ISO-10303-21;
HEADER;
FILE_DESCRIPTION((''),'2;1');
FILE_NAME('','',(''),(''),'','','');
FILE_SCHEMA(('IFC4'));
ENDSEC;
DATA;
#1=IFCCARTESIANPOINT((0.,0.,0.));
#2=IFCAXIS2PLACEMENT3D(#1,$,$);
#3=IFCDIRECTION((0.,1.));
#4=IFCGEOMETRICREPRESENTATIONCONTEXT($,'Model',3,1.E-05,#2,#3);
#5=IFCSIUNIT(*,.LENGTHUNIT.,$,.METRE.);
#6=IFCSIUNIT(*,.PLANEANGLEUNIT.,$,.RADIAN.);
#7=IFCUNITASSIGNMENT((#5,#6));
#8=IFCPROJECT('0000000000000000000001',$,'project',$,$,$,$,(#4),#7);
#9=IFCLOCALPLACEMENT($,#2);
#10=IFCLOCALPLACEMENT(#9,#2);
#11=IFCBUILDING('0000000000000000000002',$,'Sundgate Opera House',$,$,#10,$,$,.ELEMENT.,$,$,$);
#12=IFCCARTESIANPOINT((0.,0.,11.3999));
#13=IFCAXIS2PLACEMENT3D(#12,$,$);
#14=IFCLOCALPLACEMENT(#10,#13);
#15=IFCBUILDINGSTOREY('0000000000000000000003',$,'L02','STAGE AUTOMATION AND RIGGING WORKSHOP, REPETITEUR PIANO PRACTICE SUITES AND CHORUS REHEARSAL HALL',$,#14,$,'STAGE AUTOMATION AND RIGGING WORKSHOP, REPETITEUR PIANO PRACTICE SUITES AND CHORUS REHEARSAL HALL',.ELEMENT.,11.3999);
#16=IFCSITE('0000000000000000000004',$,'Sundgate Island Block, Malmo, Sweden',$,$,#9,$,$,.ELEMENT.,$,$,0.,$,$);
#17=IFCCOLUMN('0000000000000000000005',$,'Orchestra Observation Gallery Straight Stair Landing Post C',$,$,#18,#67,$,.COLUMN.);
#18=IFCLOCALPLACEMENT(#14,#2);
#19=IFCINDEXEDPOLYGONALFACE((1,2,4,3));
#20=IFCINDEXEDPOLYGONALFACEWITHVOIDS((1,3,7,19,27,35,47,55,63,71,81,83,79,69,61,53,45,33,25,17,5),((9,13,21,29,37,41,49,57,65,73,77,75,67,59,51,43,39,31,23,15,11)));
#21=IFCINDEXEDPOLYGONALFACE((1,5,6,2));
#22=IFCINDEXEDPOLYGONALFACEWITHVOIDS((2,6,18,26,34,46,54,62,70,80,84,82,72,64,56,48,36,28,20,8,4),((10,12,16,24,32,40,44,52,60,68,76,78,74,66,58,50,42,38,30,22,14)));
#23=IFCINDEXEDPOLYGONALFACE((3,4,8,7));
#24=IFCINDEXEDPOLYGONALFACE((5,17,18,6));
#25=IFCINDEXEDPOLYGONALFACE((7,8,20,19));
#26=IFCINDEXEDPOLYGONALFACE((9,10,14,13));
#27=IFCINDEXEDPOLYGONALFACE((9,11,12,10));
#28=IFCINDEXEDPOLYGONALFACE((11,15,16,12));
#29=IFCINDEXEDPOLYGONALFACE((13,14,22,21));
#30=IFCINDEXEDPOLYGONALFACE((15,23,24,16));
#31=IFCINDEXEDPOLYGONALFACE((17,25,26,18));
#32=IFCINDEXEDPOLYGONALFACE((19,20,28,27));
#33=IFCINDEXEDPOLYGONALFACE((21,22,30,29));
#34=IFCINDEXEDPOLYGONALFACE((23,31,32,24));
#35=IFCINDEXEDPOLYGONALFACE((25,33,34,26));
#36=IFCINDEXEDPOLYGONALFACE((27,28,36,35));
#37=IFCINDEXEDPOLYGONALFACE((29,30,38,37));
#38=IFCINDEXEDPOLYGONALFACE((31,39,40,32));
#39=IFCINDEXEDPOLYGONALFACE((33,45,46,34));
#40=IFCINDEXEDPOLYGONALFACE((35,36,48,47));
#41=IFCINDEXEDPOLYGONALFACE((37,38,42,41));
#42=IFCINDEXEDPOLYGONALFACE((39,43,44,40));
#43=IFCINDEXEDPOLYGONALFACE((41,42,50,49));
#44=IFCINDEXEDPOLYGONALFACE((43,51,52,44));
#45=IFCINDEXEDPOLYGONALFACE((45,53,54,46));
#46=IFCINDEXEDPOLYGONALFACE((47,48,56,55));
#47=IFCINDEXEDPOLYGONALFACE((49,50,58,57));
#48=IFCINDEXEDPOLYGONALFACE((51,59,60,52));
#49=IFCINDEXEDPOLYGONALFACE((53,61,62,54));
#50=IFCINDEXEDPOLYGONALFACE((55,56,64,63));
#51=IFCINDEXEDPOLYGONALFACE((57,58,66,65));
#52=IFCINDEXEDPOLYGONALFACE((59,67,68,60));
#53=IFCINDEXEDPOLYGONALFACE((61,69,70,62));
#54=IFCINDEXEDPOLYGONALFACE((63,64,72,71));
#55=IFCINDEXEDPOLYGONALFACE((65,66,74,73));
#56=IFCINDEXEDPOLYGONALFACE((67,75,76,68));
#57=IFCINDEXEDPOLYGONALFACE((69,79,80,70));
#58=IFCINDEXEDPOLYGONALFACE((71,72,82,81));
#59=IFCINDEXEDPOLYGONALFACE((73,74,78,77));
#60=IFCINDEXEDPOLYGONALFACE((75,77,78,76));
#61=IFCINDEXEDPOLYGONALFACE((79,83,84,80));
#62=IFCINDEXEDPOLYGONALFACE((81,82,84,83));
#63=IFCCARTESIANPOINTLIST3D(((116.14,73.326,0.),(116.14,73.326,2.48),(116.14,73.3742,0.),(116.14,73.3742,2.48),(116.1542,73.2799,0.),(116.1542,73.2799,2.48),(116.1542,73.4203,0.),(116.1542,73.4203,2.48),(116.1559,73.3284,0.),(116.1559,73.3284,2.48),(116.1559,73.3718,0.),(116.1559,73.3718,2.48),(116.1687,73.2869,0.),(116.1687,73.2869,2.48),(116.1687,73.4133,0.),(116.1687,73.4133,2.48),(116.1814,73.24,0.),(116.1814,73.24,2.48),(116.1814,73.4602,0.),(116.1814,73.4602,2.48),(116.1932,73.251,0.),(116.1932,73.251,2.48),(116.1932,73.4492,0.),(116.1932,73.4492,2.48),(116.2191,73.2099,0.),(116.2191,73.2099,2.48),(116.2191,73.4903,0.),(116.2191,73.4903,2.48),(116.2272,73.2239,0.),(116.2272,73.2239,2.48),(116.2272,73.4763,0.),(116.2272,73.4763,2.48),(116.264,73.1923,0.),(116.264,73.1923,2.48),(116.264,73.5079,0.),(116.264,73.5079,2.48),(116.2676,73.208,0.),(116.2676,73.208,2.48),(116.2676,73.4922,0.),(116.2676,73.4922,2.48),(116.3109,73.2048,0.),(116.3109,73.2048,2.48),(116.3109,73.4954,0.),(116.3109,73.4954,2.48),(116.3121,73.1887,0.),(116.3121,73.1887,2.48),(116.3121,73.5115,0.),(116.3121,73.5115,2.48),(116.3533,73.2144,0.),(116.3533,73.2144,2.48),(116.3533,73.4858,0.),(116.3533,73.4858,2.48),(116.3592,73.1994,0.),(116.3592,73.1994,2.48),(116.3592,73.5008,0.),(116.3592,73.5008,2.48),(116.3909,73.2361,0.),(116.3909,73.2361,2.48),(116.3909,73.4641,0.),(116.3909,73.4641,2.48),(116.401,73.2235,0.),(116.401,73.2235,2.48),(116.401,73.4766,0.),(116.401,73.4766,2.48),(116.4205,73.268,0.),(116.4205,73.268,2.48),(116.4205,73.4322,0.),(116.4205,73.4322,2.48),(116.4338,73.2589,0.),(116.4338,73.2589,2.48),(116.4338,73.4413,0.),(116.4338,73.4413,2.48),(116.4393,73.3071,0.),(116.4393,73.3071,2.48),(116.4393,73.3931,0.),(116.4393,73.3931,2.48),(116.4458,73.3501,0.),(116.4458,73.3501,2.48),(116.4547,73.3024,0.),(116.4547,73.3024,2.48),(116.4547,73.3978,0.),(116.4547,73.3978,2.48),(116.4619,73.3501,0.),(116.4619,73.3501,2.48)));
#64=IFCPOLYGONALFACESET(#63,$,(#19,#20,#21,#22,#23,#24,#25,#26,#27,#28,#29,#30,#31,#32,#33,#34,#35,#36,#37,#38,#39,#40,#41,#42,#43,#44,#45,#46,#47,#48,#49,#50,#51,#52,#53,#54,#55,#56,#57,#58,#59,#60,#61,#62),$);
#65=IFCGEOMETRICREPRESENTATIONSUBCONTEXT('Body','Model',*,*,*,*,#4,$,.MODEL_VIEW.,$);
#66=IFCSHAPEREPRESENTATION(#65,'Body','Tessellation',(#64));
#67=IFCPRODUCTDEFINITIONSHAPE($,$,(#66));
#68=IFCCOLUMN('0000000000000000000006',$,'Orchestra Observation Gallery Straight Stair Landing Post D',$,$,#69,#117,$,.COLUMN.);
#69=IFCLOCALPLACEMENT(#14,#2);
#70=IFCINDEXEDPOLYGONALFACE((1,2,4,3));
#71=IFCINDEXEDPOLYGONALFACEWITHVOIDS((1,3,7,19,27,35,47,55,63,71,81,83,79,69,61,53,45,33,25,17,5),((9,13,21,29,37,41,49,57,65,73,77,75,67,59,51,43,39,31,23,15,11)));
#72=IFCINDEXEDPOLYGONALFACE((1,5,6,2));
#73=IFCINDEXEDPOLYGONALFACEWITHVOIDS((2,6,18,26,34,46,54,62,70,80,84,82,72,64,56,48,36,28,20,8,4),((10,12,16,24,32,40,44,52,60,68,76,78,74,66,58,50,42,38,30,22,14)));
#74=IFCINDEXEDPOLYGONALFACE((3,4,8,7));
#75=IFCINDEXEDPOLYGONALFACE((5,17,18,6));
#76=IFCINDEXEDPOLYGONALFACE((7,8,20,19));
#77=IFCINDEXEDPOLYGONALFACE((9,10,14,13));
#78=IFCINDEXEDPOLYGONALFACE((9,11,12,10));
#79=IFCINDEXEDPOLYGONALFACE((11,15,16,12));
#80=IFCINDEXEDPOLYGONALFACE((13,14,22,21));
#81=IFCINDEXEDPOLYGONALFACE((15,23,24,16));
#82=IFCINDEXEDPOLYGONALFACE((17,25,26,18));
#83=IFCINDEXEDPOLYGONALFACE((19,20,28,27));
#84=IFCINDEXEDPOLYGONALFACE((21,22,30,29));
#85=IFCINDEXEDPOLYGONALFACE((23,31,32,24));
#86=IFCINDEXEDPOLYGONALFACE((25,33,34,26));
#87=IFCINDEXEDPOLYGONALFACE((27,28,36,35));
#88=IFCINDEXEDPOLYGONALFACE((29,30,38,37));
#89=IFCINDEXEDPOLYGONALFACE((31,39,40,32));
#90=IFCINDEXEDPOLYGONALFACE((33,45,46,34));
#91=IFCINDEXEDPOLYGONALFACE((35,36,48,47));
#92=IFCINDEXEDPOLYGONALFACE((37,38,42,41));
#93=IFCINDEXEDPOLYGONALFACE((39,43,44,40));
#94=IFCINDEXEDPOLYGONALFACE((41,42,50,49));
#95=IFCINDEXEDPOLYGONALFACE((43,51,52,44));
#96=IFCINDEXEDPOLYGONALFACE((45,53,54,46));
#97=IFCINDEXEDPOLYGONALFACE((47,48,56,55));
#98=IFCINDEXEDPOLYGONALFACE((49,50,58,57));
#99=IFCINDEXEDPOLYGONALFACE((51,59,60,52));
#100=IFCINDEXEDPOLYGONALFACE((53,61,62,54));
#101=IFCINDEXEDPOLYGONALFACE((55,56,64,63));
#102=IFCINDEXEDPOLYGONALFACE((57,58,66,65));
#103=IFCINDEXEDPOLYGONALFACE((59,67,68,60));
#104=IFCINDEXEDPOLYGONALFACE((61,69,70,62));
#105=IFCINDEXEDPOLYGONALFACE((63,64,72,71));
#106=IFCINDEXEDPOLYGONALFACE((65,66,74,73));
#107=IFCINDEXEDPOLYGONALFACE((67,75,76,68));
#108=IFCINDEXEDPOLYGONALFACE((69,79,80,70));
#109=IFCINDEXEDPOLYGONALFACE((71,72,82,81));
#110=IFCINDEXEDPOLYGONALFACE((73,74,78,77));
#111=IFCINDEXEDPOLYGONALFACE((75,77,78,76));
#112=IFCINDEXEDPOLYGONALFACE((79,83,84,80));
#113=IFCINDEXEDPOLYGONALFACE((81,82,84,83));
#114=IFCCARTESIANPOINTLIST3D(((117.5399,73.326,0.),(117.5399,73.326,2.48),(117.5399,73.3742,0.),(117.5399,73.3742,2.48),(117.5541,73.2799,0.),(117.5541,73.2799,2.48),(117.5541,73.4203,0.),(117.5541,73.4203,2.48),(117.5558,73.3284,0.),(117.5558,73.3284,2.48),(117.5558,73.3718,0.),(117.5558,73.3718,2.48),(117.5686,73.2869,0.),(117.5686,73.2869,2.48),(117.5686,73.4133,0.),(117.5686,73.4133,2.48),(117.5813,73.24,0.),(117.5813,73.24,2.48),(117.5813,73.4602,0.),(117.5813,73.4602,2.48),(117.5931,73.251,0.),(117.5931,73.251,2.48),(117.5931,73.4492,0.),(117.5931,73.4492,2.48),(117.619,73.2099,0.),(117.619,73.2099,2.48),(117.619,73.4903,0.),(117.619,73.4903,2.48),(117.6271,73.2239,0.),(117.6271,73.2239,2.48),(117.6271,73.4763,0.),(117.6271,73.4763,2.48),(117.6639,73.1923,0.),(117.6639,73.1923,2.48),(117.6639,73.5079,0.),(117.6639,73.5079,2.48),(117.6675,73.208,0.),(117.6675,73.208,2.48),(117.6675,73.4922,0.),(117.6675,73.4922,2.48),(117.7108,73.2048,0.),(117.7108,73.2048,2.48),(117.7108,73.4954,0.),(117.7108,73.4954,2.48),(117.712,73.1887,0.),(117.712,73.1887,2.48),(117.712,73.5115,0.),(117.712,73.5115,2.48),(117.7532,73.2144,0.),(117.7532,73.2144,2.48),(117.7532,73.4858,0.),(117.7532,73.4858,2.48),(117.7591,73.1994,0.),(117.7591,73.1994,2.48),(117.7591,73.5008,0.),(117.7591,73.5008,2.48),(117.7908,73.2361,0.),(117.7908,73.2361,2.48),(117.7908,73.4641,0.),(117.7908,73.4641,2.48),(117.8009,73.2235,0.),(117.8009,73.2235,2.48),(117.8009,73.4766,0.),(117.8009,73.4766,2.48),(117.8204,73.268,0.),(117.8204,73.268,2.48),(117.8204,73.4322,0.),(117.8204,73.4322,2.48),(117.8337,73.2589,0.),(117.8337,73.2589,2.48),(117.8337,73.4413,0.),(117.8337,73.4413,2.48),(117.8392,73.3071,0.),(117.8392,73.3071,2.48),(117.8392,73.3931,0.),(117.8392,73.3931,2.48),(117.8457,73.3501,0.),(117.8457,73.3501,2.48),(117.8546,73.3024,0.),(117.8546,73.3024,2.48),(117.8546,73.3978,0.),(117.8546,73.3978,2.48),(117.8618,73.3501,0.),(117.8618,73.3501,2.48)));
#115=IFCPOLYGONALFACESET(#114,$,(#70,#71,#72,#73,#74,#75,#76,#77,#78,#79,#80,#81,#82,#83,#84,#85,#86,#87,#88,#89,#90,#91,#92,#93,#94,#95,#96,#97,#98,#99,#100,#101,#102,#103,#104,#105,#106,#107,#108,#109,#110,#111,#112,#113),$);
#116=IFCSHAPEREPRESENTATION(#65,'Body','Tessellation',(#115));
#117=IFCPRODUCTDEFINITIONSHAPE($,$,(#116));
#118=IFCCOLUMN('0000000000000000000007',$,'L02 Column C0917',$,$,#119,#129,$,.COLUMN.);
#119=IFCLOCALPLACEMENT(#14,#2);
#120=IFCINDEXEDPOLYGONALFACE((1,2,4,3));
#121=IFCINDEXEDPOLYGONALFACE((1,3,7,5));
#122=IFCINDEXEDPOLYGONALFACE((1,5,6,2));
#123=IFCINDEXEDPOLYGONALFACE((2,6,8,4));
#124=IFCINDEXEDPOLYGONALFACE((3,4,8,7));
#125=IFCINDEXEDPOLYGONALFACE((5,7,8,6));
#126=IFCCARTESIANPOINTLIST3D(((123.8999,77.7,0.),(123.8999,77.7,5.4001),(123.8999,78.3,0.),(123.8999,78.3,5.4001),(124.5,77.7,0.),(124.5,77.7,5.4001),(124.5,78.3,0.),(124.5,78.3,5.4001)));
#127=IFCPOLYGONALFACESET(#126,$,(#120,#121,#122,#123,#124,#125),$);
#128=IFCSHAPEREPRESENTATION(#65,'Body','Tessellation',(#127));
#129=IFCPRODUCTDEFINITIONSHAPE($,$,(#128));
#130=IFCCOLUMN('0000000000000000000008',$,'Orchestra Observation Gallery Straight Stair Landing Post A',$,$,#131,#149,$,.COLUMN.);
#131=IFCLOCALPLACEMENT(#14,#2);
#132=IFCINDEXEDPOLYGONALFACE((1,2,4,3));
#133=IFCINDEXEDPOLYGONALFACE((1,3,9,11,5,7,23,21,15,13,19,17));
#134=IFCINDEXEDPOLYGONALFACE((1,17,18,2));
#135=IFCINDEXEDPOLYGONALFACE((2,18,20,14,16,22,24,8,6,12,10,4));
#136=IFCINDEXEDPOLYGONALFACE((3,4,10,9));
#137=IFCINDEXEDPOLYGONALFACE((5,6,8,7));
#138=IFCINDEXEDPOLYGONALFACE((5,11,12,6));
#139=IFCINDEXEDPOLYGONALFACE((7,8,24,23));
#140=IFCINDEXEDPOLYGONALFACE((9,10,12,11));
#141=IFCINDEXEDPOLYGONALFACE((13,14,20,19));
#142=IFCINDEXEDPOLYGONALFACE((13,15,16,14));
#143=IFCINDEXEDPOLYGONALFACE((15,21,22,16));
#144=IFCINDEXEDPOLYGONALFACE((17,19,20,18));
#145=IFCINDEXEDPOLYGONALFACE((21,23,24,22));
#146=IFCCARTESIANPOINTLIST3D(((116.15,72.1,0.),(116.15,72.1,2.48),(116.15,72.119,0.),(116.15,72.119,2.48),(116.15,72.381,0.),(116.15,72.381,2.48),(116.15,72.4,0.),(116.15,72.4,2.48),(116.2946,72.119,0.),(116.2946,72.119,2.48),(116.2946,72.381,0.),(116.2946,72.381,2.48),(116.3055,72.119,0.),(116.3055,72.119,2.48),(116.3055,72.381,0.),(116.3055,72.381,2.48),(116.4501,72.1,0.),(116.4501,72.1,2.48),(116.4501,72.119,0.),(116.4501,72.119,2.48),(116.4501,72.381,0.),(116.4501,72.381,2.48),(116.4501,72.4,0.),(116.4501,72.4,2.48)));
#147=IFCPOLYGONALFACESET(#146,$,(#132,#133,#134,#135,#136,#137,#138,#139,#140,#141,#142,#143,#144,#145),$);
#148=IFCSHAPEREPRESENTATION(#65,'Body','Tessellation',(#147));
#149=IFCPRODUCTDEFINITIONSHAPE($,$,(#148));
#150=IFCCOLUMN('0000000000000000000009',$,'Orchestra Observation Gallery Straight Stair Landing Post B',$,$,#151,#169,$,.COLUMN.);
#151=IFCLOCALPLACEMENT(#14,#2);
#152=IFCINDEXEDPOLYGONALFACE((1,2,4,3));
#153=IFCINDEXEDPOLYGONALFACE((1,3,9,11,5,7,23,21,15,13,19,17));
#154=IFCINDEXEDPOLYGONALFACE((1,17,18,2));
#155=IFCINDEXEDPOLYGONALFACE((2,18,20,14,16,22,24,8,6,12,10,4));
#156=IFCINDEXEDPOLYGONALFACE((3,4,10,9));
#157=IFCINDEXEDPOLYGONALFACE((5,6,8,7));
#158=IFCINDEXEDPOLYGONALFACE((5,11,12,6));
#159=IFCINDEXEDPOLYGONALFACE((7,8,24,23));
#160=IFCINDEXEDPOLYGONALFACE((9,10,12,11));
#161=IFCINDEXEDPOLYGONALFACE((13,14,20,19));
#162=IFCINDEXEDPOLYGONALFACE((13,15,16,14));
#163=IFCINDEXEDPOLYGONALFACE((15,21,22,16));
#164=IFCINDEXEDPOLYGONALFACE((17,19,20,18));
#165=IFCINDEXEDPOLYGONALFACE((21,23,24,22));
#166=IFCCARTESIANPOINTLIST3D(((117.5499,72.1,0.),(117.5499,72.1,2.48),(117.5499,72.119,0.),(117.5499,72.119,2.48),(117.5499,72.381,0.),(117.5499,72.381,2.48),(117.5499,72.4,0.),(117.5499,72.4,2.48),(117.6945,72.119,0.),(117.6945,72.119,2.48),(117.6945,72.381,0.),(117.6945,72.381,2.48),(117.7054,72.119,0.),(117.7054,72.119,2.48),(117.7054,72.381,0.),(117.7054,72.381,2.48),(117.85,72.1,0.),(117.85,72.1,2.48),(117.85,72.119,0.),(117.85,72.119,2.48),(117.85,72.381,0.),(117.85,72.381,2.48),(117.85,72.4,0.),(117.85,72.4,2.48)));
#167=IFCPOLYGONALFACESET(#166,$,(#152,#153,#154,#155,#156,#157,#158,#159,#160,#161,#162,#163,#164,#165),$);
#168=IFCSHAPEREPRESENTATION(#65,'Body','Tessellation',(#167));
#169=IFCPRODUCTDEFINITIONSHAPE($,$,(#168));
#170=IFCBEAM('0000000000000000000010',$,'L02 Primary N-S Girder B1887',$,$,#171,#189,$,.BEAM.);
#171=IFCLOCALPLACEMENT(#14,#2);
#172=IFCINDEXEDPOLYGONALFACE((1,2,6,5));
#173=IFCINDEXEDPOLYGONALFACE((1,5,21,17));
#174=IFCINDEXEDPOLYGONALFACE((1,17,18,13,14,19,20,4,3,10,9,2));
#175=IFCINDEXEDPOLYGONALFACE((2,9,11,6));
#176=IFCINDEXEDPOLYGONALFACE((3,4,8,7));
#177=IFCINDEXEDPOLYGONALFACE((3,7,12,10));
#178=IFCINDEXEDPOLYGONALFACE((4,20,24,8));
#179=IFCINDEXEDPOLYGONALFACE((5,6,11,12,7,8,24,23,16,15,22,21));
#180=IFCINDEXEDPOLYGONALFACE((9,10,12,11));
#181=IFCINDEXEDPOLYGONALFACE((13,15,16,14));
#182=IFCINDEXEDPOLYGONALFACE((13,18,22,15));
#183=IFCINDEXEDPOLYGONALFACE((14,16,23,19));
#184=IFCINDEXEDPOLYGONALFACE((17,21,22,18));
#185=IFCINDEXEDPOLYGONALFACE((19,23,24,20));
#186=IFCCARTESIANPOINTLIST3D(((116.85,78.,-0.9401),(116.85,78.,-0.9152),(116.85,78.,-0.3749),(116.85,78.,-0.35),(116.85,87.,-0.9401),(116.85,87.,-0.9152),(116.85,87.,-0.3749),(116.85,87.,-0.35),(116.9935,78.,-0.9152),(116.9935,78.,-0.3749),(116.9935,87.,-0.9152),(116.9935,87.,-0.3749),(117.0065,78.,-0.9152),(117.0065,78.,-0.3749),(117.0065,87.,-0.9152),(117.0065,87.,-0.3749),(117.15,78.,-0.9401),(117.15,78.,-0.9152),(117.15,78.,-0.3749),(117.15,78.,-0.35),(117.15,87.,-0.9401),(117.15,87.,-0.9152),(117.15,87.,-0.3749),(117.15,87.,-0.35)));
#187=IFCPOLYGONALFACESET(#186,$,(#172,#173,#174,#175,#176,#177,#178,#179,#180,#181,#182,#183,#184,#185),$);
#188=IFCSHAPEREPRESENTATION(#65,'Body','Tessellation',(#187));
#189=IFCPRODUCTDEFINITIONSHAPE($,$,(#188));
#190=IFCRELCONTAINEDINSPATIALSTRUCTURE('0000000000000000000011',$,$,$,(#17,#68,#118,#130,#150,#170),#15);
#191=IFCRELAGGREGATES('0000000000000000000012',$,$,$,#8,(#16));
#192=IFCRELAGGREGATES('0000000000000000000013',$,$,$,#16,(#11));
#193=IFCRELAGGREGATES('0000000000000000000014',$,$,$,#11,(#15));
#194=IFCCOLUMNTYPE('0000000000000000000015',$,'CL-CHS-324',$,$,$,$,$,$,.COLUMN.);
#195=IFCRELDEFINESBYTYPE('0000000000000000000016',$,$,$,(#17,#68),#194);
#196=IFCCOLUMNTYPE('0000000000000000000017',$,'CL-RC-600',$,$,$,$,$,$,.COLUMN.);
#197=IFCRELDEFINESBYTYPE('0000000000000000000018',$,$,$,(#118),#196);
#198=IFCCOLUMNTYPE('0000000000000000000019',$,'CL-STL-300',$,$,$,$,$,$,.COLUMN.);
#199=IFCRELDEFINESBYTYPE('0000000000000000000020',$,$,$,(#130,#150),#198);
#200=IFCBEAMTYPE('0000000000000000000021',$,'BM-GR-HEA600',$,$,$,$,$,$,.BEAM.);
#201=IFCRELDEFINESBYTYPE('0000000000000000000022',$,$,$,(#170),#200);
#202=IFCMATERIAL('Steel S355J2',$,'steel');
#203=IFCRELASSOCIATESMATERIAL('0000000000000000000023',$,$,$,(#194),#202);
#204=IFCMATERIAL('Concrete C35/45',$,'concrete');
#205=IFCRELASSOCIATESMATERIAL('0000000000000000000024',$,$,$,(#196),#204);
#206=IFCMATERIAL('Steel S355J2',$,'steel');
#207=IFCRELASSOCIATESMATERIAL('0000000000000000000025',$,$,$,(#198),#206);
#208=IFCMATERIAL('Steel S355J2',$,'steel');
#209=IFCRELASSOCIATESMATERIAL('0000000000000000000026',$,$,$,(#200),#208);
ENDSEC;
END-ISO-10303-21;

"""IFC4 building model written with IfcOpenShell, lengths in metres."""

from ifc_helpers import new_model, si_unit, direction, frame, origin, origin_2d, place, context, subcontext, project, spatial, rectangle, hollow_circle, i_section, extrude, material, material_profile, profile_set, type_object, element, save


model = new_model("IFC4")

# Units and contexts
model_context = context("Model", 3, precision=1e-05, world=origin(), true_north=direction((0.0, 1.0)))
body_context = subcontext(model_context, "Body", "Model", "MODEL_VIEW")
ifc_project = project(units=[si_unit("LENGTHUNIT", "METRE"), si_unit("PLANEANGLEUNIT", "RADIAN")], contexts=[model_context])

# Site, building, storey
site_placement = place(None, origin())
site = spatial("IfcSite", under=ifc_project, at=site_placement, Name="Sundgate Island Block, Malmo, Sweden", CompositionType="ELEMENT", RefElevation=0.0)
building_placement = place(site_placement, origin())
building = spatial("IfcBuilding", under=site, at=building_placement, Name="Sundgate Opera House", CompositionType="ELEMENT")
storey_placement = place(building_placement, frame((0.0, 0.0, 11.3999)))
storey = spatial("IfcBuildingStorey", under=building, at=storey_placement, Name="L02", Description="STAGE AUTOMATION AND RIGGING WORKSHOP, REPETITEUR PIANO PRACTICE SUITES AND CHORUS REHEARSAL HALL", LongName="STAGE AUTOMATION AND RIGGING WORKSHOP, REPETITEUR PIANO PRACTICE SUITES AND CHORUS REHEARSAL HALL", CompositionType="ELEMENT", Elevation=11.3999)

# Columns
ifc_material_1 = material(Name="Steel S355J2", Category="steel")
ifc_material_profile_1 = material_profile(ifc_material_1, hollow_circle(Radius=0.1619, WallThickness=0.0161, at=origin_2d()), Name="CHS 323.9x16.0")
ifc_profile_set_1 = profile_set([ifc_material_profile_1], Name="Steel S355J2")
column_type_1 = type_object("IfcColumnType", Name="CL-CHS-324", PredefinedType="COLUMN", material=ifc_profile_set_1)
for number, where, z_axis, x_axis, name in (
    (1, (116.3, 73.3501, 0.0), (0.0, 0.0, 1.0), (1.0, 0.0, 0.0), "Orchestra Observation Gallery Straight Stair Landing Post C"),
    (2, (117.7, 73.3501, 0.0), (0.0, 0.0, 1.0), (1.0, 0.0, 0.0), "Orchestra Observation Gallery Straight Stair Landing Post D"),
):
    element("IfcColumn", number, at=place(storey_placement, frame(where, z_axis=z_axis, x_axis=x_axis)), inside=storey, type_object=column_type_1, Name=name, PredefinedType="COLUMN", context=body_context, shape_type="SweptSolid", body=[
        extrude(hollow_circle(Radius=0.1619, WallThickness=0.0161, at=origin_2d()), origin(), (0.0, 0.0, 1.0), 2.48),
    ])
ifc_material_2 = material(Name="Concrete C35/45", Category="concrete")
ifc_material_profile_2 = material_profile(ifc_material_2, rectangle(XDim=0.6001, YDim=0.6001, at=origin_2d()), Name="RC 600x600")
ifc_profile_set_2 = profile_set([ifc_material_profile_2], Name="Concrete C35/45")
column_type_2 = type_object("IfcColumnType", Name="CL-RC-600", PredefinedType="COLUMN", material=ifc_profile_set_2)
column_placement = place(storey_placement, frame((124.2, 78.0, 0.0), z_axis=(0.0, 0.0, 1.0), x_axis=(1.0, 0.0, 0.0)))
element("IfcColumn", 3, at=column_placement, inside=storey, type_object=column_type_2, Name="L02 Column C0917", PredefinedType="COLUMN", context=body_context, shape_type="SweptSolid", body=[
    extrude(rectangle(XDim=0.6001, YDim=0.6001, at=origin_2d()), origin(), (0.0, 0.0, 1.0), 5.4001),
])
ifc_material_3 = material(Name="Steel S355J2", Category="steel")
ifc_material_profile_3 = material_profile(ifc_material_3, i_section(OverallWidth=0.3, OverallDepth=0.3, WebThickness=0.011, FlangeThickness=0.019, at=origin_2d()), Name="HEB 300")
ifc_profile_set_3 = profile_set([ifc_material_profile_3], Name="Steel S355J2")
column_type_3 = type_object("IfcColumnType", Name="CL-STL-300", PredefinedType="COLUMN", material=ifc_profile_set_3)
for number, where, z_axis, x_axis, name in (
    (4, (116.3, 72.25, 0.0), (0.0, 0.0, 1.0), (1.0, 0.0, 0.0), "Orchestra Observation Gallery Straight Stair Landing Post A"),
    (5, (117.7, 72.25, 0.0), (0.0, 0.0, 1.0), (1.0, 0.0, 0.0), "Orchestra Observation Gallery Straight Stair Landing Post B"),
):
    element("IfcColumn", number, at=place(storey_placement, frame(where, z_axis=z_axis, x_axis=x_axis)), inside=storey, type_object=column_type_3, Name=name, PredefinedType="COLUMN", context=body_context, shape_type="SweptSolid", body=[
        extrude(i_section(OverallWidth=0.3, OverallDepth=0.3, WebThickness=0.011, FlangeThickness=0.019, at=origin_2d()), origin(), (0.0, 0.0, 1.0), 2.48),
    ])

# Beam
ifc_material_4 = material(Name="Steel S355J2", Category="steel")
ifc_material_profile_4 = material_profile(ifc_material_4, i_section(OverallWidth=0.3, OverallDepth=0.5901, WebThickness=0.0129, FlangeThickness=0.0249, at=origin_2d()), Name="HEA 600")
ifc_profile_set_4 = profile_set([ifc_material_profile_4], Name="Steel S355J2")
beam_type_1 = type_object("IfcBeamType", Name="BM-GR-HEA600", PredefinedType="BEAM", material=ifc_profile_set_4)
beam_1_placement = place(storey_placement, frame((117.0, 78.0, -0.645), z_axis=(0.0, 1.0, 0.0), x_axis=(-1.0, 0.0, 0.0)))
element("IfcBeam", 6, at=beam_1_placement, inside=storey, type_object=beam_type_1, Name="L02 Primary N-S Girder B1887", PredefinedType="BEAM", context=body_context, shape_type="SweptSolid", body=[
    extrude(i_section(OverallWidth=0.3, OverallDepth=0.5901, WebThickness=0.0129, FlangeThickness=0.0249, at=origin_2d()), origin(), (0.0, 0.0, 1.0), 9.0),
])

save(model, "model.ifc")
